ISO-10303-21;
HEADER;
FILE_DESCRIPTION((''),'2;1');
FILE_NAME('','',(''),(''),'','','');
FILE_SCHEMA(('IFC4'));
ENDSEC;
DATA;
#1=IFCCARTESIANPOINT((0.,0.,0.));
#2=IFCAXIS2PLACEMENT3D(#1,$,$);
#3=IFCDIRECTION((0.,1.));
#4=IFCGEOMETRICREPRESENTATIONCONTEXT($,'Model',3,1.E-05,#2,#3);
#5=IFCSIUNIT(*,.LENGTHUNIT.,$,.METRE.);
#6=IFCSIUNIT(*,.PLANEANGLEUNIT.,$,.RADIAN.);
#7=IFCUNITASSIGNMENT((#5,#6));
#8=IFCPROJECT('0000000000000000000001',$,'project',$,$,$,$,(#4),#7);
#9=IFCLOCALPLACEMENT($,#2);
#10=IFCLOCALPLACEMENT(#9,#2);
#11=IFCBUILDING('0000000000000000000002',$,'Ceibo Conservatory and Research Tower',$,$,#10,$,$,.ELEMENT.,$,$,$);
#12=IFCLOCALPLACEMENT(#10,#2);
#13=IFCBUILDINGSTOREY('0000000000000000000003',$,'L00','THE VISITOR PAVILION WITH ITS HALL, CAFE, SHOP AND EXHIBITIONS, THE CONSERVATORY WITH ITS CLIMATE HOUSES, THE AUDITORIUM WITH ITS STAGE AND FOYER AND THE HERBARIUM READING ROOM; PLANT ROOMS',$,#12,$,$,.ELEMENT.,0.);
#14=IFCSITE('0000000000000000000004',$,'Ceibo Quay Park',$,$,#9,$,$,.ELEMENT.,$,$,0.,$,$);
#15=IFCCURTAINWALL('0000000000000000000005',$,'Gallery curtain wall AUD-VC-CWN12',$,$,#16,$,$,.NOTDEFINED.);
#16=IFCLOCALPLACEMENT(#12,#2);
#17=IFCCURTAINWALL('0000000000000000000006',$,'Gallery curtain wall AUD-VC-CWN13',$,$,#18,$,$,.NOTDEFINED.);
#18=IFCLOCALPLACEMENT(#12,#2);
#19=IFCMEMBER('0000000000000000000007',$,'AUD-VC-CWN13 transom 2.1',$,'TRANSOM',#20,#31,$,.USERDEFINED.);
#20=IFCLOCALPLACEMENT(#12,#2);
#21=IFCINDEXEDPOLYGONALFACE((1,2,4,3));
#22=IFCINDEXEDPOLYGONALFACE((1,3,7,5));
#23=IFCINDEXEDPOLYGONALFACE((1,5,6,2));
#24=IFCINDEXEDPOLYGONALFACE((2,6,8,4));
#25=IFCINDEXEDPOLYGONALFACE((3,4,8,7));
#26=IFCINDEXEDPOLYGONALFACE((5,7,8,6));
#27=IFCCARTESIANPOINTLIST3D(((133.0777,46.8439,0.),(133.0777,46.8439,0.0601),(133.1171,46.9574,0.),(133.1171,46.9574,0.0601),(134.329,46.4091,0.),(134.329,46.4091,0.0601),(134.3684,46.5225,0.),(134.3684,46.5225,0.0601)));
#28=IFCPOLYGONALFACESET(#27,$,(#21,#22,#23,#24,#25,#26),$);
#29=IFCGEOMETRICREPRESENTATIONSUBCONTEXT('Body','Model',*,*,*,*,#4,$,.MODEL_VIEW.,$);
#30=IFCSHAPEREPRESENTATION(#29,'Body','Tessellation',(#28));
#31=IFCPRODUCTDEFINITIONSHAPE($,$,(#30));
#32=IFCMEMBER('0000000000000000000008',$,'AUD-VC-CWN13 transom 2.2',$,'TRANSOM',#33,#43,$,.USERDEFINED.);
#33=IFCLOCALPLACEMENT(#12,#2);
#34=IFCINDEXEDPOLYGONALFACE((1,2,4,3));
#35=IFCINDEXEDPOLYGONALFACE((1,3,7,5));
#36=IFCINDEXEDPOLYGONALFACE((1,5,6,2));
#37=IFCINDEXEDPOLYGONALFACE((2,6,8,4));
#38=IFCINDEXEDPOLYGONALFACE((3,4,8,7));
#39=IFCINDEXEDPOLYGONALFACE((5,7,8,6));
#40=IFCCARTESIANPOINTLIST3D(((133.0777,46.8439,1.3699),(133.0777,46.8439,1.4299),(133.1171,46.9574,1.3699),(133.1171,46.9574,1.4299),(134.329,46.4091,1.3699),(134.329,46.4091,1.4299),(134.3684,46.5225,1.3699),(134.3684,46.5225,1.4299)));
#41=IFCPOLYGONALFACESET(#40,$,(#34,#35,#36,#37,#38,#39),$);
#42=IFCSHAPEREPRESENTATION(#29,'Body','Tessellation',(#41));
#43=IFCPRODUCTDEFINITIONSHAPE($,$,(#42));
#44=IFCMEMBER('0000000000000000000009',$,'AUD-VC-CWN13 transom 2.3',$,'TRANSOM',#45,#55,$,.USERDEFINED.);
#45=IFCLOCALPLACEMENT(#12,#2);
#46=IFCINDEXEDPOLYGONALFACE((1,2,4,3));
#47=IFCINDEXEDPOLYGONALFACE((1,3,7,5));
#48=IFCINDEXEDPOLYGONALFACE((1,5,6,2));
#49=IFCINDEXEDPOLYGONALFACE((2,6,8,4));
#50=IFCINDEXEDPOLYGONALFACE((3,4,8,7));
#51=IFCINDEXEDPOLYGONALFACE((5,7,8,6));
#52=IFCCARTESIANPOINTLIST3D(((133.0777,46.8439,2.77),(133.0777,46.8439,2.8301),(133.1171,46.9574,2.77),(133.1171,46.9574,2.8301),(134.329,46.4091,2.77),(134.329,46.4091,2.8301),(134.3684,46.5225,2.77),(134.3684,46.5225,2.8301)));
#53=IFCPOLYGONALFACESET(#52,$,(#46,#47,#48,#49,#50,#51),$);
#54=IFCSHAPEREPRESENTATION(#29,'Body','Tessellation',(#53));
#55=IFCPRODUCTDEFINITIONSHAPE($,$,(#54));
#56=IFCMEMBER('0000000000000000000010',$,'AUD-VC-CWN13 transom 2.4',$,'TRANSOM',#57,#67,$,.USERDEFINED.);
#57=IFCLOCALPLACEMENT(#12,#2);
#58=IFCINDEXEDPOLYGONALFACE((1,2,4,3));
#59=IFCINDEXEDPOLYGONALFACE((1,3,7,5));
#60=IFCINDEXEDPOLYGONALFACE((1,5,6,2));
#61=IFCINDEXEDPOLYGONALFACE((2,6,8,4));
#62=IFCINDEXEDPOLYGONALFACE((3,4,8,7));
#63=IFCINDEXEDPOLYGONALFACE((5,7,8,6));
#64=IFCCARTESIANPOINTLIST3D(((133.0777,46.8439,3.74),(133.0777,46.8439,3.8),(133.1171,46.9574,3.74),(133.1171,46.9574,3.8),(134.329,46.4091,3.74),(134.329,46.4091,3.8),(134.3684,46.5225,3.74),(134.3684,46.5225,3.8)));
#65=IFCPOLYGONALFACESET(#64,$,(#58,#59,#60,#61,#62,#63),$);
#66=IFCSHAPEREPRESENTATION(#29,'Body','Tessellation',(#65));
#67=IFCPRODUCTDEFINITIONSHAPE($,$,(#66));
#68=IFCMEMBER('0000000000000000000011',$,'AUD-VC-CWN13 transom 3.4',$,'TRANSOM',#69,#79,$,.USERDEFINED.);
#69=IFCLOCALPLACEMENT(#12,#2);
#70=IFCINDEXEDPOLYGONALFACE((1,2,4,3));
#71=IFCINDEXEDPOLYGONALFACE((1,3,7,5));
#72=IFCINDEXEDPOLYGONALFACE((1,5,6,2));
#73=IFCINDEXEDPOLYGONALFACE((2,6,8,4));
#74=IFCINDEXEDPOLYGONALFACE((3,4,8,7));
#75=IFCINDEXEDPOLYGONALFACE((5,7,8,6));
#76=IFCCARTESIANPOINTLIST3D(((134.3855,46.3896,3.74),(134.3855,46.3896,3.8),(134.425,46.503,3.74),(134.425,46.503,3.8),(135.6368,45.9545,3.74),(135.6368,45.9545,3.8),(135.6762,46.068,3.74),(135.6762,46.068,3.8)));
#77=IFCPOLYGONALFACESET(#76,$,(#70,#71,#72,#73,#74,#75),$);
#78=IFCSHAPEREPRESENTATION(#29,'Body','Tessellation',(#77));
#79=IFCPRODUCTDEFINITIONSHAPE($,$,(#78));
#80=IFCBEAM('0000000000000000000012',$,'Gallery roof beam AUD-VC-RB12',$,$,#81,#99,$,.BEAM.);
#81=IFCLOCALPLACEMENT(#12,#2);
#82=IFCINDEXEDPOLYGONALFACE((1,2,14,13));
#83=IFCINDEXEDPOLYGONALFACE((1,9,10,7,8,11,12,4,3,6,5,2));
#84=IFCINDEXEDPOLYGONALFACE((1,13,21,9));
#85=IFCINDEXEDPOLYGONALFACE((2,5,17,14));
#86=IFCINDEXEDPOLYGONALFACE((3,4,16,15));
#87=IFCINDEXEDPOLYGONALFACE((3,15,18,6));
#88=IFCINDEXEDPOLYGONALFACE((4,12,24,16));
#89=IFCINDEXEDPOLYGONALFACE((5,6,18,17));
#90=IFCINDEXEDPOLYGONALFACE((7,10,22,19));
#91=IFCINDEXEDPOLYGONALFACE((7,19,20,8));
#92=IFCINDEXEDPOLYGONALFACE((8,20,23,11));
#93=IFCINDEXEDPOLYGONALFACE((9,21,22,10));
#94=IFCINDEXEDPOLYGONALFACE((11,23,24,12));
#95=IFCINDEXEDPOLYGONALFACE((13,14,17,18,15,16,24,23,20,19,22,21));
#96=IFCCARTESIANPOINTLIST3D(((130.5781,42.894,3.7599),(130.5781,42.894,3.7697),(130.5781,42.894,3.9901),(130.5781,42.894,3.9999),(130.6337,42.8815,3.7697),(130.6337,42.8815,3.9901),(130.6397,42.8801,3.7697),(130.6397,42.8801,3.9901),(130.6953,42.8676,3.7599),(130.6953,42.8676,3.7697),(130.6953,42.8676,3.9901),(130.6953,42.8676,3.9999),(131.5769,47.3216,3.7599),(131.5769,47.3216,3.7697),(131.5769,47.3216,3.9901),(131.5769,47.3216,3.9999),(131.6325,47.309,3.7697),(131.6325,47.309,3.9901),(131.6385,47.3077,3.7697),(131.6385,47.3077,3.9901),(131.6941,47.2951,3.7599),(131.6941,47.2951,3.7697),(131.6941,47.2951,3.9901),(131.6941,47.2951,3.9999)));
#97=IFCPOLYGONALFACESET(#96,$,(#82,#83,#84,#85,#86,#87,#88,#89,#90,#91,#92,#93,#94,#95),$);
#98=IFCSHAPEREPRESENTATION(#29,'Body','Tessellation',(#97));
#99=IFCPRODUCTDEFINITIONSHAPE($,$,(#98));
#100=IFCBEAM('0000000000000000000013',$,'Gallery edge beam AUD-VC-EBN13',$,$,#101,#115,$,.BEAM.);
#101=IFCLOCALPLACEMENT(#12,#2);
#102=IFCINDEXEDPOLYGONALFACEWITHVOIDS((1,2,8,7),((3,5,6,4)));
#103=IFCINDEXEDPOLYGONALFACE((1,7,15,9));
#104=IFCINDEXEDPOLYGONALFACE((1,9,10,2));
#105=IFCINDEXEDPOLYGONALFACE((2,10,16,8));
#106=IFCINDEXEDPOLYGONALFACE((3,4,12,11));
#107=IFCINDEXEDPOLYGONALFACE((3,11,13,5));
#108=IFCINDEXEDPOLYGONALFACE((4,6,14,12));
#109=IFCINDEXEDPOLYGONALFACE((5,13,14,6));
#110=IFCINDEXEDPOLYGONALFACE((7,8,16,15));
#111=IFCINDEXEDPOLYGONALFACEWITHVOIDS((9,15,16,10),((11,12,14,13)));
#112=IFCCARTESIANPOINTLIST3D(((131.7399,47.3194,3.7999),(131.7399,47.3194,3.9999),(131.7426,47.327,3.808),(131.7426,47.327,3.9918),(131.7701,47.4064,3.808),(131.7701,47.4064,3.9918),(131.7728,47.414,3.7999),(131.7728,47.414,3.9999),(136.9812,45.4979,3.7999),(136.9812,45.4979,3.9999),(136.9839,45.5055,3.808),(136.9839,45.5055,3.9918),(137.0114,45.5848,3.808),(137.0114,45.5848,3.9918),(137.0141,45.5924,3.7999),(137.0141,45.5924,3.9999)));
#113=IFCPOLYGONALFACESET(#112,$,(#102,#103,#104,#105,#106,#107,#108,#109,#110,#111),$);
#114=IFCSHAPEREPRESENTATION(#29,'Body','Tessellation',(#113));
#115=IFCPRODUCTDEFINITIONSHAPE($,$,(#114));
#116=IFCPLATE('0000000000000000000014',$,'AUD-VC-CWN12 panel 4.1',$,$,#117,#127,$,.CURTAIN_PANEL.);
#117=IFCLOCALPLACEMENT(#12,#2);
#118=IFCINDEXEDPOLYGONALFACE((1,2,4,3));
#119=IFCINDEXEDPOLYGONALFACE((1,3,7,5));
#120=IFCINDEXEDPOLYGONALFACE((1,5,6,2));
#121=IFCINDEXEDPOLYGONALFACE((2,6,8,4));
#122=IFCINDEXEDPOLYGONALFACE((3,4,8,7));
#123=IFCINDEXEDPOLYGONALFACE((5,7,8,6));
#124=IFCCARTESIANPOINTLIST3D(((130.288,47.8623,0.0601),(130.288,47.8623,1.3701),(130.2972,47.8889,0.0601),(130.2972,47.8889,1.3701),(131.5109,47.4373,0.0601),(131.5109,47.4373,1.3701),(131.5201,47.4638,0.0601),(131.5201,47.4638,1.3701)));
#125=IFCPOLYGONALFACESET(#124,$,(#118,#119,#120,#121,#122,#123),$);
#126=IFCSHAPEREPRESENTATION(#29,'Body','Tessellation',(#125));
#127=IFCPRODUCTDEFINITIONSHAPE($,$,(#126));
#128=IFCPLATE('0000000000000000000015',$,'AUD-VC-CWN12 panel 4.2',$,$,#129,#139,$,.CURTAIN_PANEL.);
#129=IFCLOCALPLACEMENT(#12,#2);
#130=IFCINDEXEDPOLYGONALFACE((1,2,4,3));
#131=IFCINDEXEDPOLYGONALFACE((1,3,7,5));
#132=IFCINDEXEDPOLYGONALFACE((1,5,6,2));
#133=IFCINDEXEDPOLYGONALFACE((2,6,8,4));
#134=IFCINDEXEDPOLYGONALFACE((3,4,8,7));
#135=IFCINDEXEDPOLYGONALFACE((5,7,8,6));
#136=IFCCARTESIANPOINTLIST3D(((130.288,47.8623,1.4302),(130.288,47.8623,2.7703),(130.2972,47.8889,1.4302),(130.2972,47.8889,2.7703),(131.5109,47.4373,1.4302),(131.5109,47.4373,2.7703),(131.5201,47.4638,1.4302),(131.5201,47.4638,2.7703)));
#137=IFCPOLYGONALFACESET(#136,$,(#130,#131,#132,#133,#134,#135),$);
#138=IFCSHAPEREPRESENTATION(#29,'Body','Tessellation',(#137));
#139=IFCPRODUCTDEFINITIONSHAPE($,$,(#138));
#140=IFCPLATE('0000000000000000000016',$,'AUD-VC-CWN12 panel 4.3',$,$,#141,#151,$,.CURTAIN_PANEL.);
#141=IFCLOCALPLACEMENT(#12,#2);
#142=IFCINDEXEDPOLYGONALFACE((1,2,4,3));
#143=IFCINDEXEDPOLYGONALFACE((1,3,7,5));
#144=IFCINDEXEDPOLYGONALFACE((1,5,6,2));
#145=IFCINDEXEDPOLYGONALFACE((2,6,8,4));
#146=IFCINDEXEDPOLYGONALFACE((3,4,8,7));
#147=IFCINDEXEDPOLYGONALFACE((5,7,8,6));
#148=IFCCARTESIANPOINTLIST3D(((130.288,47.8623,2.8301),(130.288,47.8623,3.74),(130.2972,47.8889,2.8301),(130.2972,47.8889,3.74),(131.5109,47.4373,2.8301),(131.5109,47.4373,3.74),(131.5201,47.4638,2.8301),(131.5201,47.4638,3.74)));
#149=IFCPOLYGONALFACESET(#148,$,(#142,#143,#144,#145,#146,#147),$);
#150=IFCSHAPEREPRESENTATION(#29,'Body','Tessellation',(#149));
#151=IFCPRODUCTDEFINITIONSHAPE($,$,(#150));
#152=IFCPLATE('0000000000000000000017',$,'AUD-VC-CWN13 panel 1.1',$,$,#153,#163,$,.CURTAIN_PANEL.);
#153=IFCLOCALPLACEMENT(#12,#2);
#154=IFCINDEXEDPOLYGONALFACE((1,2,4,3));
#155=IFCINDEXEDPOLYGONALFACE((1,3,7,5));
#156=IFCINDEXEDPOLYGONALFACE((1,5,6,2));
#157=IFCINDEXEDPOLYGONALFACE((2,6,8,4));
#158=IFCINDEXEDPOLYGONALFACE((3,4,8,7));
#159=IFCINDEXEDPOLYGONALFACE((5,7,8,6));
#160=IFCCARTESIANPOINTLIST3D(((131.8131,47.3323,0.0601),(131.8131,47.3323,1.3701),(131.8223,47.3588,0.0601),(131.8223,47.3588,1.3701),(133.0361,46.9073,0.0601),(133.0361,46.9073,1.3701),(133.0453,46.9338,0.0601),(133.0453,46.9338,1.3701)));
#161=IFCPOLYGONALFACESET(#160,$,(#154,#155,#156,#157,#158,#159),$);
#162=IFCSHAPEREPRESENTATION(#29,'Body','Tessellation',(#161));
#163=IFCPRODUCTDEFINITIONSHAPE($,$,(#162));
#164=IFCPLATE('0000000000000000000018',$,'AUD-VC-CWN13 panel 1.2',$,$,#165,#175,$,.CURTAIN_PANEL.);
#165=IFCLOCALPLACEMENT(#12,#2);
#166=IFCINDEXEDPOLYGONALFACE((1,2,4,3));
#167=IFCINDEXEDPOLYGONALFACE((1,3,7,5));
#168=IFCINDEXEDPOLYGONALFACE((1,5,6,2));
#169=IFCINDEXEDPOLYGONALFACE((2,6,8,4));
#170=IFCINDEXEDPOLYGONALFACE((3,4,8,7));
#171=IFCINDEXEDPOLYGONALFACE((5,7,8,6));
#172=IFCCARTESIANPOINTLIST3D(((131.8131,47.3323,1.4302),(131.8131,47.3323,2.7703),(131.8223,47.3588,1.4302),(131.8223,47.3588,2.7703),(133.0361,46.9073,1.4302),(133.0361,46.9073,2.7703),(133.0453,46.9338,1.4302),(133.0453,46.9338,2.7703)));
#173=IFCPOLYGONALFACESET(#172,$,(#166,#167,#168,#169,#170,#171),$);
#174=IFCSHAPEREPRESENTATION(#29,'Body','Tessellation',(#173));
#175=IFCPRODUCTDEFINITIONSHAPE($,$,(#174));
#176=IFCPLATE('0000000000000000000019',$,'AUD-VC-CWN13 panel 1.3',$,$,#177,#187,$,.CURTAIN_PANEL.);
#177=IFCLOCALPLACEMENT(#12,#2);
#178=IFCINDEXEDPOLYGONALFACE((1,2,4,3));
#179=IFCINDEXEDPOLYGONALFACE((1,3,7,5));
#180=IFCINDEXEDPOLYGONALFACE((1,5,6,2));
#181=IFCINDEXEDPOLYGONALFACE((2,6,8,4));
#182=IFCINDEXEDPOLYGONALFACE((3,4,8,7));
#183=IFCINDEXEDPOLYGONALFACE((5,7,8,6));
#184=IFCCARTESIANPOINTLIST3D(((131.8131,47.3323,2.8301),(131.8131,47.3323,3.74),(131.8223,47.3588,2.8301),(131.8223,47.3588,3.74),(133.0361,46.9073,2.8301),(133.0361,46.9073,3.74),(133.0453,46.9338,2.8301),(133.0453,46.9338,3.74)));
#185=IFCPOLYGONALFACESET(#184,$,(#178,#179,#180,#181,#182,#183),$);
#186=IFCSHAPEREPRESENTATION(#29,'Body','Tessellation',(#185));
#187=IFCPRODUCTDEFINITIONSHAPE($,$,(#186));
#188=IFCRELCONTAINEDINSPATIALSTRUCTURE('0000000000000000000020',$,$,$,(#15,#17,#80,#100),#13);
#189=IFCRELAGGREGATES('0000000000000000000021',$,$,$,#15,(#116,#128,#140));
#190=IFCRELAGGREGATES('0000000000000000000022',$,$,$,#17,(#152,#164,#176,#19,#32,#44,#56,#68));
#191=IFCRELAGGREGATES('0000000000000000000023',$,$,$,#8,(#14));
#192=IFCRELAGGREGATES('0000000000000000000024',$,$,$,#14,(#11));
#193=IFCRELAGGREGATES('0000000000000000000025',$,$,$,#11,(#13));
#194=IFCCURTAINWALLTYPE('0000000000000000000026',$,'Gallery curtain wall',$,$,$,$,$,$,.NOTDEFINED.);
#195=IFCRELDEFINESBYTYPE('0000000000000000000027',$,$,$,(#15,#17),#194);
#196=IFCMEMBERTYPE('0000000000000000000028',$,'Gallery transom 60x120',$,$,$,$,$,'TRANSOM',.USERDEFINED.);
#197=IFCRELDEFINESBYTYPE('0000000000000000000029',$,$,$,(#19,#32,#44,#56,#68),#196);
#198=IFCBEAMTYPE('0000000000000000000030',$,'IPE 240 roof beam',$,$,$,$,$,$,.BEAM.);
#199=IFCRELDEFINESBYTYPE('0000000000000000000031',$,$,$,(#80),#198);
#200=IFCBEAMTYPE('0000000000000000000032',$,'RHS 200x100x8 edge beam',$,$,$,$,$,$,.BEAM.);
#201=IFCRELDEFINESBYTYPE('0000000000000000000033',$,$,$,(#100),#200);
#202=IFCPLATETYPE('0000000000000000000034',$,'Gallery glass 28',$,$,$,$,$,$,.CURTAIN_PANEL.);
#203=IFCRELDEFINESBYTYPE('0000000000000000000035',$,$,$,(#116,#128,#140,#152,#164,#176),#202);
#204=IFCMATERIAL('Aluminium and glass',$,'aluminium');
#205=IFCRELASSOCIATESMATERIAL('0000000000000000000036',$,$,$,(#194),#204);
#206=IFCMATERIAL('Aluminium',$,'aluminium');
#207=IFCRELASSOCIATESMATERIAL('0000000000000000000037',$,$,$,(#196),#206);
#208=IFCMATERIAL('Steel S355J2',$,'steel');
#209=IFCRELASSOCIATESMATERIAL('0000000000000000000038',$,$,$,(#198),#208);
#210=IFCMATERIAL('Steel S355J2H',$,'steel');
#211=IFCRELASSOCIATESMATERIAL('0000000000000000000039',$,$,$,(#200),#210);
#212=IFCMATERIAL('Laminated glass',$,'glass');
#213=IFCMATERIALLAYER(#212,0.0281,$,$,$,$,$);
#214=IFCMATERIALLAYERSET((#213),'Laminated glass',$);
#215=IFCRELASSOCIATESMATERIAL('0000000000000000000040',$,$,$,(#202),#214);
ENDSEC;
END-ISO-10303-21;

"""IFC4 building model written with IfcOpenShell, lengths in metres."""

from ifc_helpers import new_model, si_unit, direction, frame, origin, origin_2d, place, context, subcontext, project, spatial, rectangle, hollow_rectangle, i_section, extrude, material, layer, layer_set, material_profile, profile_set, type_object, element, aggregate, save


model = new_model("IFC4")

# Units and contexts
model_context = context("Model", 3, precision=1e-05, world=origin(), true_north=direction((0.0, 1.0)))
body_context = subcontext(model_context, "Body", "Model", "MODEL_VIEW")
ifc_project = project(units=[si_unit("LENGTHUNIT", "METRE"), si_unit("PLANEANGLEUNIT", "RADIAN")], contexts=[model_context])

# Site, building, storey
site_placement = place(None, origin())
site = spatial("IfcSite", under=ifc_project, at=site_placement, Name="Ceibo Quay Park", CompositionType="ELEMENT", RefElevation=0.0)
building_placement = place(site_placement, origin())
building = spatial("IfcBuilding", under=site, at=building_placement, Name="Ceibo Conservatory and Research Tower", CompositionType="ELEMENT")
storey_placement = place(building_placement, origin())
storey = spatial("IfcBuildingStorey", under=building, at=storey_placement, Name="L00", Description="THE VISITOR PAVILION WITH ITS HALL, CAFE, SHOP AND EXHIBITIONS, THE CONSERVATORY WITH ITS CLIMATE HOUSES, THE AUDITORIUM WITH ITS STAGE AND FOYER AND THE HERBARIUM READING ROOM; PLANT ROOMS", CompositionType="ELEMENT", Elevation=0.0)

# Shared definitions
ifc_material_1 = material(Name="Steel S355J2H", Category="steel")

# Curtain walls
ifc_material_2 = material(Name="Aluminium and glass", Category="aluminium")
curtain_wall_type = type_object("IfcCurtainWallType", Name="Gallery curtain wall", PredefinedType="NOTDEFINED", material=ifc_material_2)
curtain_wall_1_placement = place(storey_placement, origin())
curtain_wall_1 = element("IfcCurtainWall", 1, at=curtain_wall_1_placement, inside=storey, type_object=curtain_wall_type, Name="Gallery curtain wall AUD-VC-CWN12", PredefinedType="NOTDEFINED")
ifc_material_3 = material(Name="Aluminium", Category="aluminium")
curtain_wall_2_placement = place(storey_placement, origin())
curtain_wall_2 = element("IfcCurtainWall", 2, at=curtain_wall_2_placement, inside=storey, type_object=curtain_wall_type, Name="Gallery curtain wall AUD-VC-CWN13", PredefinedType="NOTDEFINED")

# Members
ifc_material_profile_1 = material_profile(ifc_material_3, rectangle(XDim=0.1201, YDim=0.0601, at=origin_2d()), Name="AL 60x120")
ifc_profile_set_1 = profile_set([ifc_material_profile_1], Name="Aluminium")
member_type_1 = type_object("IfcMemberType", Name="Gallery transom 60x120", ElementType="TRANSOM", PredefinedType="USERDEFINED", material=ifc_profile_set_1)
member_1_placement = place(storey_placement, frame((133.0974, 46.9006, 0.03), z_axis=(0.944589, -0.328256, 0.0), x_axis=(0.328256, 0.944589, 0.0)))
member_1 = element("IfcMember", 3, at=member_1_placement, type_object=member_type_1, Name="AUD-VC-CWN13 transom 2.1", ObjectType="TRANSOM", PredefinedType="USERDEFINED", context=body_context, shape_type="SweptSolid", body=[
    extrude(rectangle(XDim=0.1201, YDim=0.0601, at=origin_2d()), origin(), (0.0, 0.0, 1.0), 1.3247),
])
member_2_placement = place(storey_placement, frame((133.0974, 46.9006, 1.3999), z_axis=(0.944589, -0.328256, 0.0), x_axis=(0.328256, 0.944589, 0.0)))
member_2 = element("IfcMember", 4, at=member_2_placement, type_object=member_type_1, Name="AUD-VC-CWN13 transom 2.2", ObjectType="TRANSOM", PredefinedType="USERDEFINED", context=body_context, shape_type="SweptSolid", body=[
    extrude(rectangle(XDim=0.1201, YDim=0.0601, at=origin_2d()), origin(), (0.0, 0.0, 1.0), 1.3247),
])
member_3_placement = place(storey_placement, frame((133.0974, 46.9006, 2.8), z_axis=(0.944589, -0.328256, 0.0), x_axis=(0.328256, 0.944589, 0.0)))
member_3 = element("IfcMember", 5, at=member_3_placement, type_object=member_type_1, Name="AUD-VC-CWN13 transom 2.3", ObjectType="TRANSOM", PredefinedType="USERDEFINED", context=body_context, shape_type="SweptSolid", body=[
    extrude(rectangle(XDim=0.1201, YDim=0.0601, at=origin_2d()), origin(), (0.0, 0.0, 1.0), 1.3247),
])
member_4_placement = place(storey_placement, frame((133.0974, 46.9006, 3.77), z_axis=(0.944589, -0.328256, 0.0), x_axis=(0.328256, 0.944589, 0.0)))
member_4 = element("IfcMember", 6, at=member_4_placement, type_object=member_type_1, Name="AUD-VC-CWN13 transom 2.4", ObjectType="TRANSOM", PredefinedType="USERDEFINED", context=body_context, shape_type="SweptSolid", body=[
    extrude(rectangle(XDim=0.1201, YDim=0.0601, at=origin_2d()), origin(), (0.0, 0.0, 1.0), 1.3247),
])
member_5_placement = place(storey_placement, frame((134.4053, 46.4463, 3.77), z_axis=(0.944532, -0.328421, 0.0), x_axis=(0.328421, 0.944532, 0.0)))
member_5 = element("IfcMember", 7, at=member_5_placement, type_object=member_type_1, Name="AUD-VC-CWN13 transom 3.4", ObjectType="TRANSOM", PredefinedType="USERDEFINED", context=body_context, shape_type="SweptSolid", body=[
    extrude(rectangle(XDim=0.1201, YDim=0.0601, at=origin_2d()), origin(), (0.0, 0.0, 1.0), 1.3247),
])

# Beams
ifc_material_4 = material(Name="Steel S355J2", Category="steel")
ifc_material_profile_2 = material_profile(ifc_material_4, i_section(OverallWidth=0.1201, OverallDepth=0.24, WebThickness=0.0061, FlangeThickness=0.0098, at=origin_2d()), Name="IPE 240")
ifc_profile_set_2 = profile_set([ifc_material_profile_2], Name="Steel S355J2")
beam_type_1 = type_object("IfcBeamType", Name="IPE 240 roof beam", PredefinedType="BEAM", material=ifc_profile_set_2)
beam_1_placement = place(storey_placement, frame((131.6355, 47.3083, 3.8799), z_axis=(-0.220056, -0.975487, 0.0), x_axis=(0.975487, -0.220056, 0.0)))
element("IfcBeam", 8, at=beam_1_placement, inside=storey, type_object=beam_type_1, Name="Gallery roof beam AUD-VC-RB12", PredefinedType="BEAM", context=body_context, shape_type="SweptSolid", body=[
    extrude(i_section(OverallWidth=0.1201, OverallDepth=0.24, WebThickness=0.0061, FlangeThickness=0.0098, at=origin_2d()), origin(), (0.0, 0.0, 1.0), 4.5388),
])
ifc_material_profile_3 = material_profile(ifc_material_1, hollow_rectangle(XDim=0.1001, YDim=0.2, WallThickness=0.0081, at=origin_2d()), Name="RHS 200x100x8 edge beam")
ifc_profile_set_3 = profile_set([ifc_material_profile_3], Name="Steel S355J2H")
beam_type_2 = type_object("IfcBeamType", Name="RHS 200x100x8 edge beam", PredefinedType="BEAM", material=ifc_profile_set_3)
beam_2_placement = place(storey_placement, frame((131.7563, 47.3667, 3.8999), z_axis=(0.94458, -0.32828, 0.0), x_axis=(0.32828, 0.94458, 0.0)))
element("IfcBeam", 9, at=beam_2_placement, inside=storey, type_object=beam_type_2, Name="Gallery edge beam AUD-VC-EBN13", PredefinedType="BEAM", context=body_context, shape_type="SweptSolid", body=[
    extrude(hollow_rectangle(XDim=0.1001, YDim=0.2, WallThickness=0.0081, at=origin_2d()), origin(), (0.0, 0.0, 1.0), 5.5488),
])

# Plates
ifc_material_5 = material(Name="Laminated glass", Category="glass")
ifc_layer = layer(ifc_material_5, 0.0281)
ifc_layer_set = layer_set([ifc_layer], Name="Laminated glass")
plate_type = type_object("IfcPlateType", Name="Gallery glass 28", PredefinedType="CURTAIN_PANEL", material=ifc_layer_set)
plate_1_placement = place(storey_placement, frame((130.9041, 47.6631, 0.0601), z_axis=(0.0, 0.0, 1.0), x_axis=(0.944579, -0.328284, 0.0)))
plate_1 = element("IfcPlate", 10, at=plate_1_placement, type_object=plate_type, Name="AUD-VC-CWN12 panel 4.1", PredefinedType="CURTAIN_PANEL", context=body_context, shape_type="SweptSolid", body=[
    extrude(rectangle(XDim=1.2947, YDim=0.0281, at=origin_2d()), origin(), (0.0, 0.0, 1.0), 1.3101),
])
plate_2_placement = place(storey_placement, frame((130.9041, 47.6631, 1.4302), z_axis=(0.0, 0.0, 1.0), x_axis=(0.944579, -0.328284, 0.0)))
plate_2 = element("IfcPlate", 11, at=plate_2_placement, type_object=plate_type, Name="AUD-VC-CWN12 panel 4.2", PredefinedType="CURTAIN_PANEL", context=body_context, shape_type="SweptSolid", body=[
    extrude(rectangle(XDim=1.2947, YDim=0.0281, at=origin_2d()), origin(), (0.0, 0.0, 1.0), 1.3401),
])
plate_3_placement = place(storey_placement, frame((130.9041, 47.6631, 2.8301), z_axis=(0.0, 0.0, 1.0), x_axis=(0.944579, -0.328284, 0.0)))
plate_3 = element("IfcPlate", 12, at=plate_3_placement, type_object=plate_type, Name="AUD-VC-CWN12 panel 4.3", PredefinedType="CURTAIN_PANEL", context=body_context, shape_type="SweptSolid", body=[
    extrude(rectangle(XDim=1.2947, YDim=0.0281, at=origin_2d()), origin(), (0.0, 0.0, 1.0), 0.9099),
])
aggregate(curtain_wall_1, [plate_1, plate_2, plate_3])
plate_4_placement = place(storey_placement, frame((132.4292, 47.1331, 0.0601), z_axis=(0.0, 0.0, 1.0), x_axis=(0.944579, -0.328284, 0.0)))
plate_4 = element("IfcPlate", 13, at=plate_4_placement, type_object=plate_type, Name="AUD-VC-CWN13 panel 1.1", PredefinedType="CURTAIN_PANEL", context=body_context, shape_type="SweptSolid", body=[
    extrude(rectangle(XDim=1.2947, YDim=0.0281, at=origin_2d()), origin(), (0.0, 0.0, 1.0), 1.3101),
])
plate_5_placement = place(storey_placement, frame((132.4292, 47.1331, 1.4302), z_axis=(0.0, 0.0, 1.0), x_axis=(0.944579, -0.328284, 0.0)))
plate_5 = element("IfcPlate", 14, at=plate_5_placement, type_object=plate_type, Name="AUD-VC-CWN13 panel 1.2", PredefinedType="CURTAIN_PANEL", context=body_context, shape_type="SweptSolid", body=[
    extrude(rectangle(XDim=1.2947, YDim=0.0281, at=origin_2d()), origin(), (0.0, 0.0, 1.0), 1.3401),
])
plate_6_placement = place(storey_placement, frame((132.4292, 47.1331, 2.8301), z_axis=(0.0, 0.0, 1.0), x_axis=(0.944579, -0.328284, 0.0)))
plate_6 = element("IfcPlate", 15, at=plate_6_placement, type_object=plate_type, Name="AUD-VC-CWN13 panel 1.3", PredefinedType="CURTAIN_PANEL", context=body_context, shape_type="SweptSolid", body=[
    extrude(rectangle(XDim=1.2947, YDim=0.0281, at=origin_2d()), origin(), (0.0, 0.0, 1.0), 0.9099),
])
aggregate(curtain_wall_2, [plate_4, plate_5, plate_6, member_1, member_2, member_3, member_4, member_5])

save(model, "model.ifc")
